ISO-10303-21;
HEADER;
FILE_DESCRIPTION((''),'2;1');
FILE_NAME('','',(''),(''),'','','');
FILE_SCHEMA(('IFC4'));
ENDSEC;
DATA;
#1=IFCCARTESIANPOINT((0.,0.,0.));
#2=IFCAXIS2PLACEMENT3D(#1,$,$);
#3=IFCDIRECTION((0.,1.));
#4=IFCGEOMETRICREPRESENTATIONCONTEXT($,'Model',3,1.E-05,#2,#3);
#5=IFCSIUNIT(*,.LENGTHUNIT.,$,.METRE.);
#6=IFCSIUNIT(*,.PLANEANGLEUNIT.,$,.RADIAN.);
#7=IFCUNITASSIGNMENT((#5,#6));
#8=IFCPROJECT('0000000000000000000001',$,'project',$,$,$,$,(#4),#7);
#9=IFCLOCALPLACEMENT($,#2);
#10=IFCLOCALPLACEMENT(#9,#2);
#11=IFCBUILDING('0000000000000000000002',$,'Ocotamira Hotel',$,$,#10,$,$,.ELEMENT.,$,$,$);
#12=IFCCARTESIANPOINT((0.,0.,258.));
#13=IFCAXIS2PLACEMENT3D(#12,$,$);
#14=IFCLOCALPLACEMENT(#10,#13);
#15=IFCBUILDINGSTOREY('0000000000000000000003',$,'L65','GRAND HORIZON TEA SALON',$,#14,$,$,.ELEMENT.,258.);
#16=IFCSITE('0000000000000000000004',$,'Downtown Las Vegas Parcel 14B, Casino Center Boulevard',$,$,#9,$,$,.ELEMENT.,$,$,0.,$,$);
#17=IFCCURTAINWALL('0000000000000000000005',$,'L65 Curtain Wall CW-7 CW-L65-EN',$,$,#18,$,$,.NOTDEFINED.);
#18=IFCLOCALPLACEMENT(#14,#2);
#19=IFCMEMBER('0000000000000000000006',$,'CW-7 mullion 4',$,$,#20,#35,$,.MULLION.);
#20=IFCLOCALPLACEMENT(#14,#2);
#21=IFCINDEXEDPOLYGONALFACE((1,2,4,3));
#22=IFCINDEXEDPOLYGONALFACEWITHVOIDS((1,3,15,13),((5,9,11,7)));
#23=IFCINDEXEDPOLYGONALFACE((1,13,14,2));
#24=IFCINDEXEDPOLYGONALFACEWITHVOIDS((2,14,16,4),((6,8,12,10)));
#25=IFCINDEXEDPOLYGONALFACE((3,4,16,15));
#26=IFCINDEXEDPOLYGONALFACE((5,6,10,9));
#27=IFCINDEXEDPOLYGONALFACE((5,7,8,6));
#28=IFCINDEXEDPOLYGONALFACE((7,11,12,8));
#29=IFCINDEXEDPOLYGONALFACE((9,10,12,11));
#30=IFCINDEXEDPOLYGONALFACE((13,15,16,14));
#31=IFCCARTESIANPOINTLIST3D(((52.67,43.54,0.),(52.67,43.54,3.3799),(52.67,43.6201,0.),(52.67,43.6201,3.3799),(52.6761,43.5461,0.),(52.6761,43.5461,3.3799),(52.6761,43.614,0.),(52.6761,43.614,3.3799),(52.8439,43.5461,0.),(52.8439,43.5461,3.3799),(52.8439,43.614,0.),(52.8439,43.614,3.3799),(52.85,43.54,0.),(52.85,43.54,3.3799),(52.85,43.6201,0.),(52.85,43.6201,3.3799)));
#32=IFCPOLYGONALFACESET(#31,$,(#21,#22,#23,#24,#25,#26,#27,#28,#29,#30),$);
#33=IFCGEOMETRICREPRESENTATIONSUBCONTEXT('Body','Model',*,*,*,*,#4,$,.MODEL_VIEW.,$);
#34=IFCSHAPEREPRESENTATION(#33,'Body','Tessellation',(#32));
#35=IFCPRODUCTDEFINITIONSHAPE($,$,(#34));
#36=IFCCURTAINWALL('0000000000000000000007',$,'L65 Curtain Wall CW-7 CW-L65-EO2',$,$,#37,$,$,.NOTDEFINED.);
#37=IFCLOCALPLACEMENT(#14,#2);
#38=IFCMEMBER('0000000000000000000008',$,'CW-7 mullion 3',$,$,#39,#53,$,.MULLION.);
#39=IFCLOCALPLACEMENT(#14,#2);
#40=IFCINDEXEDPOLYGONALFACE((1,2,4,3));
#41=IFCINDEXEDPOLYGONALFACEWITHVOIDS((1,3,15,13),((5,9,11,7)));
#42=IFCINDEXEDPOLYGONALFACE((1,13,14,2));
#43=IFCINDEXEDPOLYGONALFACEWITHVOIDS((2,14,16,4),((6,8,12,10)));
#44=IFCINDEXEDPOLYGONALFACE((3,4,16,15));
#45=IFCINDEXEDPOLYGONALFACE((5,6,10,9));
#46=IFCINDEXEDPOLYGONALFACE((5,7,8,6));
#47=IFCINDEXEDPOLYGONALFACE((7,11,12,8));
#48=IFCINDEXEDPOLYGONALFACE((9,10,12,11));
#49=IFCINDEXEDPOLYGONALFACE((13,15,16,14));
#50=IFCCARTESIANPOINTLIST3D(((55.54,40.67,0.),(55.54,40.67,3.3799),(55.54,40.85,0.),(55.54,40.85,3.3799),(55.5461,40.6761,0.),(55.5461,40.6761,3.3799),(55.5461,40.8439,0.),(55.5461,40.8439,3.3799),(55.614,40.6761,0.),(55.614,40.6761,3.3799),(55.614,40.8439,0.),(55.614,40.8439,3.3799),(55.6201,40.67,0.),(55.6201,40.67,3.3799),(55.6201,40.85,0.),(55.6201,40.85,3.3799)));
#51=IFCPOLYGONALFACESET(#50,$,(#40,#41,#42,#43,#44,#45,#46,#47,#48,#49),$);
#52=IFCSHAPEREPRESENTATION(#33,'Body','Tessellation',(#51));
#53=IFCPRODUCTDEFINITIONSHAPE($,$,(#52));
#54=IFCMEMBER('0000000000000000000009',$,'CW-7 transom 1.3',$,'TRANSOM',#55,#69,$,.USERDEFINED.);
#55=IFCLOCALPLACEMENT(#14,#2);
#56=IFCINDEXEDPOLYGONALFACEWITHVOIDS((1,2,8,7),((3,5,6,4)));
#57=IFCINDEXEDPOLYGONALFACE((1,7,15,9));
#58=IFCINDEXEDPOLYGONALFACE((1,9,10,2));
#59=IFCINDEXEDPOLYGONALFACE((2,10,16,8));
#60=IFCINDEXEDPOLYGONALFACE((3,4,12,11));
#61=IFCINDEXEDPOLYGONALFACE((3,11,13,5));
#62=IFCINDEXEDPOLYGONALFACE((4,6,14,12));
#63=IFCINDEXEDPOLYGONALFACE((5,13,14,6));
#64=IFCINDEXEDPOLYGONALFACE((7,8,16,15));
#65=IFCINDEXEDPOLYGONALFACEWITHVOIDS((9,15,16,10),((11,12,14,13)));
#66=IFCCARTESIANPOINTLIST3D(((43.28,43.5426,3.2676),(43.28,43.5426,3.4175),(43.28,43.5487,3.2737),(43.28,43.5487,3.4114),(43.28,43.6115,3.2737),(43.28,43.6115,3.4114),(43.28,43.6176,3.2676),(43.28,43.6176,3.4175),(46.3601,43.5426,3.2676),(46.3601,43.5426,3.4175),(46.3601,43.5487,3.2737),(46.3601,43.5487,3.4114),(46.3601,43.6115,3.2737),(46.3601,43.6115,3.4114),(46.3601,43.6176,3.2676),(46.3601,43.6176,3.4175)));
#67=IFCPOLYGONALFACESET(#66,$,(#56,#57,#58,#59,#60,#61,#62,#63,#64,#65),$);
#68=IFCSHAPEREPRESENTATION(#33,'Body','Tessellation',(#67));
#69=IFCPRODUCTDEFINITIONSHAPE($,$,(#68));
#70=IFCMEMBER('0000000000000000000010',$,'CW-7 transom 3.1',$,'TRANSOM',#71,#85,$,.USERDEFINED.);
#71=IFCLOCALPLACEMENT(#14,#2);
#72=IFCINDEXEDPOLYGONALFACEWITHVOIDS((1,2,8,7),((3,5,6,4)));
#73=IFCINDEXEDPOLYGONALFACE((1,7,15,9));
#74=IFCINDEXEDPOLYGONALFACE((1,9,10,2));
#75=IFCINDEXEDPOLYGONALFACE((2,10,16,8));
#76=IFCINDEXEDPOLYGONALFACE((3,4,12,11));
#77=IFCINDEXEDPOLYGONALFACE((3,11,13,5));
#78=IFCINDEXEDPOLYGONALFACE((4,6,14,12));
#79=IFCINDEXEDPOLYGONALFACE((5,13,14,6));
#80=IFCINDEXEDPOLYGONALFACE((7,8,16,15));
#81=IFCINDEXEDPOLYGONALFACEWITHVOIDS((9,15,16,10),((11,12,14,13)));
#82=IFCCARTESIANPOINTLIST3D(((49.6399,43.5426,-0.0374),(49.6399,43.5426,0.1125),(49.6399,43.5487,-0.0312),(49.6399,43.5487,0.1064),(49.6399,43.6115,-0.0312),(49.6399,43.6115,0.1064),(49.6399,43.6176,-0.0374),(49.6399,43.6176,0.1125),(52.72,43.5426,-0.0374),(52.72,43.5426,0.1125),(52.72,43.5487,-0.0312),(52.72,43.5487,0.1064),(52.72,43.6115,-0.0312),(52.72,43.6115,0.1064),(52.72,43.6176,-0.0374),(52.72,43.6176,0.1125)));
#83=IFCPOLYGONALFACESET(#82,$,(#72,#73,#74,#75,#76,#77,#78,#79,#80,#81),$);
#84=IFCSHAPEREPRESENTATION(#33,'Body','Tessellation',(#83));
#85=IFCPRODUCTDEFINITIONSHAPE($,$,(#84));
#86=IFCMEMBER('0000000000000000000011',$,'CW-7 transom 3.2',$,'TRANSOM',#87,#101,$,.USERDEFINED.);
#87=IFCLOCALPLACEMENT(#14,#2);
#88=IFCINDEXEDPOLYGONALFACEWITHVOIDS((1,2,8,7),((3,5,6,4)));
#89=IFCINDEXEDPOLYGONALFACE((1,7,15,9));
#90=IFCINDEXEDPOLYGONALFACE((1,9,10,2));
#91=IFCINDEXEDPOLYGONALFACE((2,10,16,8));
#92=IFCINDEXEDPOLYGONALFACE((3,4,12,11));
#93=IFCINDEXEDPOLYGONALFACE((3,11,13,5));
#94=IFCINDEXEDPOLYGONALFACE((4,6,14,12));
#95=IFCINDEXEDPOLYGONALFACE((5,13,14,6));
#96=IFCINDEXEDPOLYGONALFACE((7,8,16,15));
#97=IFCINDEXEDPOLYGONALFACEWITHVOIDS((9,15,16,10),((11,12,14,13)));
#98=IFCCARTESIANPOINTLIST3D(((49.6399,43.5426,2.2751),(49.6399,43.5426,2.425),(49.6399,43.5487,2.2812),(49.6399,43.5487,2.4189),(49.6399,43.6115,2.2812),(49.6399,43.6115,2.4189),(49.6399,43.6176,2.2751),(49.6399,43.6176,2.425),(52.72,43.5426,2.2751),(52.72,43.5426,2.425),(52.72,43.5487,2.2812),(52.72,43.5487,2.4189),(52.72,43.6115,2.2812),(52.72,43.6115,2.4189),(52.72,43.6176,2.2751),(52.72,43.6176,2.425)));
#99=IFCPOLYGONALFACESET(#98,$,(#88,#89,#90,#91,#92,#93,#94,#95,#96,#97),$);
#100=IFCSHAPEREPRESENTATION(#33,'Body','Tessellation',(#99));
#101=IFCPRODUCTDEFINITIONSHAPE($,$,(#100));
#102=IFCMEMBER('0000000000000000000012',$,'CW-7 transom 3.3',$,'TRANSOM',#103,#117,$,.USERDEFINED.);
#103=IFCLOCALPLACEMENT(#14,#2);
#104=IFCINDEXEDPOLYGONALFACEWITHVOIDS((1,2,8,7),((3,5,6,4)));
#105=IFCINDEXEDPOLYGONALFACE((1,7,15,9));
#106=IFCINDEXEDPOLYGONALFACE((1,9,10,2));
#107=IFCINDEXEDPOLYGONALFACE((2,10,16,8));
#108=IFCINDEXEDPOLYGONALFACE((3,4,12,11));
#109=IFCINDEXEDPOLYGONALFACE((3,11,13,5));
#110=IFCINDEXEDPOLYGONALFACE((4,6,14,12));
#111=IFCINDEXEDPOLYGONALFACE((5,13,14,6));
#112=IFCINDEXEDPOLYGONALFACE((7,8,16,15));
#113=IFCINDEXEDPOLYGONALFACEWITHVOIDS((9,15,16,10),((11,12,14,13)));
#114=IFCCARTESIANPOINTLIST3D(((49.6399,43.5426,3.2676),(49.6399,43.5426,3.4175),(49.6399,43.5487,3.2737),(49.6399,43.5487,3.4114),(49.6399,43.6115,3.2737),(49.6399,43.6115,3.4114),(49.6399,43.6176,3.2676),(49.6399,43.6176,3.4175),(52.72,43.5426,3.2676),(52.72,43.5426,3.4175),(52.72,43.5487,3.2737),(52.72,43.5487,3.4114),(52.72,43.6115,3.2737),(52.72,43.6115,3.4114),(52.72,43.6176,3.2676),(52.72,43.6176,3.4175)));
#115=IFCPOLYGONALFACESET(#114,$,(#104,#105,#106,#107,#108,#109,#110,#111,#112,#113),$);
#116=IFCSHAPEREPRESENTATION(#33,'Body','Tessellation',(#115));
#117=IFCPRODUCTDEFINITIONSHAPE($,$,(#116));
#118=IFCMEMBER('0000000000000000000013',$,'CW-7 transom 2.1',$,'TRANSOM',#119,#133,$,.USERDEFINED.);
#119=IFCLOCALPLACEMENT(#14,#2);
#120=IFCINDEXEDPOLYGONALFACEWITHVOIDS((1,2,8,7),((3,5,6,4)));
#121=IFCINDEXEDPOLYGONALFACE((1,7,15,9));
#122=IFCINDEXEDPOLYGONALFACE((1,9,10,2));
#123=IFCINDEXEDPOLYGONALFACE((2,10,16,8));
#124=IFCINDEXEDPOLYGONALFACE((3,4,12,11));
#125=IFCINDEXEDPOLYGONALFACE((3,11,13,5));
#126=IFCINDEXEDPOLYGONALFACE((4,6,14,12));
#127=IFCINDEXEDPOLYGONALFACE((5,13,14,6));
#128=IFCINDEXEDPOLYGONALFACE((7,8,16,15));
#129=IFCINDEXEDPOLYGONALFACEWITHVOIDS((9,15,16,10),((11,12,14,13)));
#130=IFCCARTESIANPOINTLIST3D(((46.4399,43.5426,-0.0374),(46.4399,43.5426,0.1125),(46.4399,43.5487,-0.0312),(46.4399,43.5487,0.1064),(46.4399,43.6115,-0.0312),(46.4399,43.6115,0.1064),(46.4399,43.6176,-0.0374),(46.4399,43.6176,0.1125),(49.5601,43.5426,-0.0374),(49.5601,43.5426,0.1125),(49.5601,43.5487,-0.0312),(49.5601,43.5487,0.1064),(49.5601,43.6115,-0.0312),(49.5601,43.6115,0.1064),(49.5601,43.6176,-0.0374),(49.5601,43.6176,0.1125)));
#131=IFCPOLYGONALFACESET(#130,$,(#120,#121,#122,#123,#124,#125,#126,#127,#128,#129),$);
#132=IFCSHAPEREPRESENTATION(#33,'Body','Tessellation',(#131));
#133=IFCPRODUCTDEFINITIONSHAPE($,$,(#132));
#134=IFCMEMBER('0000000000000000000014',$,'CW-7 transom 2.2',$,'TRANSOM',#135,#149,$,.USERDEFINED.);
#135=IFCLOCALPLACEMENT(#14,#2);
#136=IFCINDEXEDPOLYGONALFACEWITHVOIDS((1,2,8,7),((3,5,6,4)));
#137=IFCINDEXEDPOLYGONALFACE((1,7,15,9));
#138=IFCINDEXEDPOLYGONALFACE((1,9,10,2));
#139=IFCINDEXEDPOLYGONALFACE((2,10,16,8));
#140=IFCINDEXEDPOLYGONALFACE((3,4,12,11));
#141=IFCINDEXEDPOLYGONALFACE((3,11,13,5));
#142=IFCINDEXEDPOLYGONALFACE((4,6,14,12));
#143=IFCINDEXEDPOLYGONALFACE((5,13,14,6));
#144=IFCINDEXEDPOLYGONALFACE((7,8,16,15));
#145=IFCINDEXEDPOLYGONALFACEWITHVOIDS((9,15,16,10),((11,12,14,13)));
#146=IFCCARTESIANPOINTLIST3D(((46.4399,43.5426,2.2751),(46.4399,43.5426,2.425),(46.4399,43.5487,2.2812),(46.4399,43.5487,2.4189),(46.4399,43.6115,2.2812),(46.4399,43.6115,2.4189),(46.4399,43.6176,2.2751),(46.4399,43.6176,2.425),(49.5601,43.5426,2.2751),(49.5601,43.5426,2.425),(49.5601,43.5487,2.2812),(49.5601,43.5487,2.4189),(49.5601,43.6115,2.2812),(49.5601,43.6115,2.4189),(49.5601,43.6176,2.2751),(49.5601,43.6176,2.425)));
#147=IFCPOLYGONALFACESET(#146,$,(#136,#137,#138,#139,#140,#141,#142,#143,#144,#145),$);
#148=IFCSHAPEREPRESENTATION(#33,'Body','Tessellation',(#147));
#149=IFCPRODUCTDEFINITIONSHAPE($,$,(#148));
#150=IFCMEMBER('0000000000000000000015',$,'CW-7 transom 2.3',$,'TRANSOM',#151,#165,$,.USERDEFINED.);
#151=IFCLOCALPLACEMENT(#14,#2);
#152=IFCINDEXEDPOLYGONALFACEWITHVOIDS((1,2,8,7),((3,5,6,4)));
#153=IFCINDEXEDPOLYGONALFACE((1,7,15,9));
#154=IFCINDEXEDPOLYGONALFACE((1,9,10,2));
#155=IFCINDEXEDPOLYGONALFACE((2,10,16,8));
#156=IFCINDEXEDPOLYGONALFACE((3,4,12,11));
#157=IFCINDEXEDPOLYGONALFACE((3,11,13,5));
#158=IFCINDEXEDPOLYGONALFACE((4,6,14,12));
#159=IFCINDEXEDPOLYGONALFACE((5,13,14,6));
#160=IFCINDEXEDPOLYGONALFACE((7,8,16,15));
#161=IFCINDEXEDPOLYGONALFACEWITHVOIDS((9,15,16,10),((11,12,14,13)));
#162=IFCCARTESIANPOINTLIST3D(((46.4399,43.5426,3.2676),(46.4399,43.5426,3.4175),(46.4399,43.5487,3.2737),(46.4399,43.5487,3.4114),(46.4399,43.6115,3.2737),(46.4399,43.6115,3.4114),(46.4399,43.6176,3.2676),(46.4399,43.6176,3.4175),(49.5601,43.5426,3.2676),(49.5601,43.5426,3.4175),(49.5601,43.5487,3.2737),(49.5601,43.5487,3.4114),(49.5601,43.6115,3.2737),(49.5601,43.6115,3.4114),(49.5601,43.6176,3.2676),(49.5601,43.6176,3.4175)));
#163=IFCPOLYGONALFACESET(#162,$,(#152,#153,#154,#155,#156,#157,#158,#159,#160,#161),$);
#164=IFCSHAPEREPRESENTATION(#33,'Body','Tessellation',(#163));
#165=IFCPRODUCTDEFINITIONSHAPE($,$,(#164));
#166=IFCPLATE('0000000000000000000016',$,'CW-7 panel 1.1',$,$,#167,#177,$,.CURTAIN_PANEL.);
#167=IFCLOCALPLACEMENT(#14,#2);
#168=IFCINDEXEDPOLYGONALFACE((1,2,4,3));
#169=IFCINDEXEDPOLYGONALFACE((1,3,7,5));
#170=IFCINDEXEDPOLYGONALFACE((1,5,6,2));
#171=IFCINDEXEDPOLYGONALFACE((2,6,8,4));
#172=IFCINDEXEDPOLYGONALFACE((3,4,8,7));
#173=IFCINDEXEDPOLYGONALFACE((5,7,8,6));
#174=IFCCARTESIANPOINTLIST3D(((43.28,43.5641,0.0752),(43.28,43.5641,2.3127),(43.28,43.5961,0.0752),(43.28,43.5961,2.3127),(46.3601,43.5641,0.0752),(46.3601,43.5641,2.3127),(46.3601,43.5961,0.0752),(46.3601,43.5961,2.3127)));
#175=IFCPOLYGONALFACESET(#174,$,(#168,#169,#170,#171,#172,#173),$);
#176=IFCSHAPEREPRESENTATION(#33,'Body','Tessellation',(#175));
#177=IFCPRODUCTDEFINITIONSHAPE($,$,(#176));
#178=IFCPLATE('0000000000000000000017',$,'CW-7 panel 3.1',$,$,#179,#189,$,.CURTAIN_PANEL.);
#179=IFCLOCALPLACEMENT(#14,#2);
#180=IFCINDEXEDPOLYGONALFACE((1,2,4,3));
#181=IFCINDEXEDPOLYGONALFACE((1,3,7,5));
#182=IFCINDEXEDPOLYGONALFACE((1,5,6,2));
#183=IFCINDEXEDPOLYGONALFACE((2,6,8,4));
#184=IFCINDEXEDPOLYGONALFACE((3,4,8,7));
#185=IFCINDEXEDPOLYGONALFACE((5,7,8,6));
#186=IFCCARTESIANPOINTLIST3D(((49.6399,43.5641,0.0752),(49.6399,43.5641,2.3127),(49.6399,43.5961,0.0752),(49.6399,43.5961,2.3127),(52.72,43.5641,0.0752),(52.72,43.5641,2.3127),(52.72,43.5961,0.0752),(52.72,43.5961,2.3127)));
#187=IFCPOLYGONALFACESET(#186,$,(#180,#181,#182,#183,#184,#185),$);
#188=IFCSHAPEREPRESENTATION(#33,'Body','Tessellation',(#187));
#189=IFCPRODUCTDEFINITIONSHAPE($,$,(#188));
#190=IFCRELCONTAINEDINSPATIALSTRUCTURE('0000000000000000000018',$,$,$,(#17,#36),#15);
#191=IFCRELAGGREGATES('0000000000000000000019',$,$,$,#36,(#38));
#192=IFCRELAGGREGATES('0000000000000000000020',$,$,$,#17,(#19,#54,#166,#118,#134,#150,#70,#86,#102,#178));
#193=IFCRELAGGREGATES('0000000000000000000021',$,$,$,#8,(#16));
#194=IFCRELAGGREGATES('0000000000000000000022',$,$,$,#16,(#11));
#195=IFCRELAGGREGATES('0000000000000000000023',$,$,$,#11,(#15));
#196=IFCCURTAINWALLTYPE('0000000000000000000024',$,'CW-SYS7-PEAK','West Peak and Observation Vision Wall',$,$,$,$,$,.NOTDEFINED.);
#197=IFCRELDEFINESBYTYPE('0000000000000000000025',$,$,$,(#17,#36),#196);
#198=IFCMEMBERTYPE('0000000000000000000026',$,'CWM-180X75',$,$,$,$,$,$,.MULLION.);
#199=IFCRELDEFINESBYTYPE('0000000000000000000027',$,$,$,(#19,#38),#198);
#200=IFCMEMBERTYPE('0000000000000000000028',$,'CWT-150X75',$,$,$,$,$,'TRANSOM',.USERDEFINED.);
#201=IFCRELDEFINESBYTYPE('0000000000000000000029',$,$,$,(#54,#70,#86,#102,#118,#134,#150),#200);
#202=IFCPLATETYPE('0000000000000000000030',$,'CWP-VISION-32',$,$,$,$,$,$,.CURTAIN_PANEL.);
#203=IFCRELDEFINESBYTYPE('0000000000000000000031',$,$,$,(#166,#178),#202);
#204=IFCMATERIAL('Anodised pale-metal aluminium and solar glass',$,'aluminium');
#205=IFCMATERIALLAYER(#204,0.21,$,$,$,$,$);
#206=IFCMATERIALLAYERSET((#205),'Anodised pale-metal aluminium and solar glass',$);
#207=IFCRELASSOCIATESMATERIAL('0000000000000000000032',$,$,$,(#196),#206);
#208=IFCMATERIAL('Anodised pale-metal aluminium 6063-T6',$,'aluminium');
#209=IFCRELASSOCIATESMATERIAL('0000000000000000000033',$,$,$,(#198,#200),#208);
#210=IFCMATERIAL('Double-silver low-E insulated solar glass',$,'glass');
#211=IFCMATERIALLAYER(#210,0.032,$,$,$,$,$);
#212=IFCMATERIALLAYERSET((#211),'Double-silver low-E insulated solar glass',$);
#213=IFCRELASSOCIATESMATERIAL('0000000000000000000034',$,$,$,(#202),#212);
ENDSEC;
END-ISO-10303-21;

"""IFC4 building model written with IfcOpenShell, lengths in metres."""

from ifc_helpers import new_model, si_unit, direction, frame, origin, origin_2d, place, context, subcontext, project, spatial, rectangle, hollow_rectangle, extrude, source, transform, mapped, material, layer, layer_set, material_profile, profile_set, type_object, element, aggregate, save


model = new_model("IFC4")

# Units and contexts
model_context = context("Model", 3, precision=1e-05, world=origin(), true_north=direction((0.0, 1.0)))
body_context = subcontext(model_context, "Body", "Model", "MODEL_VIEW")
ifc_project = project(units=[si_unit("LENGTHUNIT", "METRE"), si_unit("PLANEANGLEUNIT", "RADIAN")], contexts=[model_context])

# Site, building, storey
site_placement = place(None, origin())
site = spatial("IfcSite", under=ifc_project, at=site_placement, Name="Downtown Las Vegas Parcel 14B, Casino Center Boulevard", CompositionType="ELEMENT", RefElevation=0.0)
building_placement = place(site_placement, origin())
building = spatial("IfcBuilding", under=site, at=building_placement, Name="Ocotamira Hotel", CompositionType="ELEMENT")
storey_placement = place(building_placement, frame((0.0, 0.0, 258.0)))
storey = spatial("IfcBuildingStorey", under=building, at=storey_placement, Name="L65", Description="GRAND HORIZON TEA SALON", CompositionType="ELEMENT", Elevation=258.0)

# Curtain wall, member
ifc_material_1 = material(Name="Anodised pale-metal aluminium and solar glass", Category="aluminium")
ifc_layer_1 = layer(ifc_material_1, 0.21)
ifc_layer_set_1 = layer_set([ifc_layer_1], Name="Anodised pale-metal aluminium and solar glass")
curtain_wall_type = type_object("IfcCurtainWallType", Name="CW-SYS7-PEAK", Description="West Peak and Observation Vision Wall", PredefinedType="NOTDEFINED", material=ifc_layer_set_1)
curtain_wall_1_placement = place(storey_placement, origin())
curtain_wall_1 = element("IfcCurtainWall", 1, at=curtain_wall_1_placement, inside=storey, type_object=curtain_wall_type, Name="L65 Curtain Wall CW-7 CW-L65-EN", PredefinedType="NOTDEFINED")
ifc_material_2 = material(Name="Anodised pale-metal aluminium 6063-T6", Category="aluminium")
ifc_material_profile_1 = material_profile(ifc_material_2, hollow_rectangle(XDim=0.0801, YDim=0.1799, WallThickness=0.0061, at=origin_2d()), Name="HSS180X80X6")
ifc_profile_set_1 = profile_set([ifc_material_profile_1], Name="Anodised pale-metal aluminium 6063-T6")
member_type_1 = type_object("IfcMemberType", Name="CWM-180X75", PredefinedType="MULLION", material=ifc_profile_set_1)
shared_shape_1 = source(origin(), body_context, "Body", "SweptSolid", [
    extrude(hollow_rectangle(XDim=0.0801, YDim=0.1799, WallThickness=0.0061, at=origin_2d()), origin(), (0.0, 0.0, 1.0), 3.3799),
])
member_1_placement = place(storey_placement, frame((52.76, 43.5801, 0.0), z_axis=(0.0, 0.0, 1.0), x_axis=(0.0, 1.0, 0.0)))
member_1 = element("IfcMember", 2, at=member_1_placement, type_object=member_type_1, Name="CW-7 mullion 4", PredefinedType="MULLION", context=body_context, shape_type="MappedRepresentation", body=[
    mapped(shared_shape_1, transform((0.0, 0.0, 0.0), scale=1.0)),
])

# Curtain wall, member
curtain_wall_2_placement = place(storey_placement, origin())
curtain_wall_2 = element("IfcCurtainWall", 3, at=curtain_wall_2_placement, inside=storey, type_object=curtain_wall_type, Name="L65 Curtain Wall CW-7 CW-L65-EO2", PredefinedType="NOTDEFINED")
member_2_placement = place(storey_placement, frame((55.5801, 40.76, 0.0), z_axis=(0.0, 0.0, 1.0), x_axis=(-1.0, 0.0, 0.0)))
member_2 = element("IfcMember", 4, at=member_2_placement, type_object=member_type_1, Name="CW-7 mullion 3", PredefinedType="MULLION", context=body_context, shape_type="MappedRepresentation", body=[
    mapped(shared_shape_1, transform((0.0, 0.0, 0.0), scale=1.0)),
])
aggregate(curtain_wall_2, [member_2])

# Members
ifc_material_profile_2 = material_profile(ifc_material_2, hollow_rectangle(XDim=0.075, YDim=0.1499, WallThickness=0.0061, at=origin_2d()), Name="HSS150X75X6")
ifc_profile_set_2 = profile_set([ifc_material_profile_2], Name="Anodised pale-metal aluminium 6063-T6")
member_type_2 = type_object("IfcMemberType", Name="CWT-150X75", ElementType="TRANSOM", PredefinedType="USERDEFINED", material=ifc_profile_set_2)
shared_shape_2 = source(origin(), body_context, "Body", "SweptSolid", [
    extrude(hollow_rectangle(XDim=0.075, YDim=0.1499, WallThickness=0.0061, at=origin_2d()), origin(), (0.0, 0.0, 1.0), 3.0801),
])
member_3_placement = place(storey_placement, frame((43.28, 43.5801, 3.3425), z_axis=(1.0, 0.0, 0.0), x_axis=(0.0, 1.0, 0.0)))
member_3 = element("IfcMember", 5, at=member_3_placement, type_object=member_type_2, Name="CW-7 transom 1.3", ObjectType="TRANSOM", PredefinedType="USERDEFINED", context=body_context, shape_type="MappedRepresentation", body=[
    mapped(shared_shape_2, transform((0.0, 0.0, 0.0), scale=1.0)),
])
member_4_placement = place(storey_placement, frame((49.6399, 43.5801, 0.0376), z_axis=(1.0, 0.0, 0.0), x_axis=(0.0, 1.0, 0.0)))
member_4 = element("IfcMember", 6, at=member_4_placement, type_object=member_type_2, Name="CW-7 transom 3.1", ObjectType="TRANSOM", PredefinedType="USERDEFINED", context=body_context, shape_type="MappedRepresentation", body=[
    mapped(shared_shape_2, transform((0.0, 0.0, 0.0), scale=1.0)),
])
member_5_placement = place(storey_placement, frame((49.6399, 43.5801, 2.3501), z_axis=(1.0, 0.0, 0.0), x_axis=(0.0, 1.0, 0.0)))
member_5 = element("IfcMember", 7, at=member_5_placement, type_object=member_type_2, Name="CW-7 transom 3.2", ObjectType="TRANSOM", PredefinedType="USERDEFINED", context=body_context, shape_type="MappedRepresentation", body=[
    mapped(shared_shape_2, transform((0.0, 0.0, 0.0), scale=1.0)),
])
member_6_placement = place(storey_placement, frame((49.6399, 43.5801, 3.3425), z_axis=(1.0, 0.0, 0.0), x_axis=(0.0, 1.0, 0.0)))
member_6 = element("IfcMember", 8, at=member_6_placement, type_object=member_type_2, Name="CW-7 transom 3.3", ObjectType="TRANSOM", PredefinedType="USERDEFINED", context=body_context, shape_type="MappedRepresentation", body=[
    mapped(shared_shape_2, transform((0.0, 0.0, 0.0), scale=1.0)),
])
shared_shape_3 = source(origin(), body_context, "Body", "SweptSolid", [
    extrude(hollow_rectangle(XDim=0.075, YDim=0.1499, WallThickness=0.0061, at=origin_2d()), origin(), (0.0, 0.0, 1.0), 3.1201),
])
member_7_placement = place(storey_placement, frame((46.4399, 43.5801, 0.0376), z_axis=(1.0, 0.0, 0.0), x_axis=(0.0, 1.0, 0.0)))
member_7 = element("IfcMember", 9, at=member_7_placement, type_object=member_type_2, Name="CW-7 transom 2.1", ObjectType="TRANSOM", PredefinedType="USERDEFINED", context=body_context, shape_type="MappedRepresentation", body=[
    mapped(shared_shape_3, transform((0.0, 0.0, 0.0), scale=1.0)),
])
member_8_placement = place(storey_placement, frame((46.4399, 43.5801, 2.3501), z_axis=(1.0, 0.0, 0.0), x_axis=(0.0, 1.0, 0.0)))
member_8 = element("IfcMember", 10, at=member_8_placement, type_object=member_type_2, Name="CW-7 transom 2.2", ObjectType="TRANSOM", PredefinedType="USERDEFINED", context=body_context, shape_type="MappedRepresentation", body=[
    mapped(shared_shape_3, transform((0.0, 0.0, 0.0), scale=1.0)),
])
member_9_placement = place(storey_placement, frame((46.4399, 43.5801, 3.3425), z_axis=(1.0, 0.0, 0.0), x_axis=(0.0, 1.0, 0.0)))
member_9 = element("IfcMember", 11, at=member_9_placement, type_object=member_type_2, Name="CW-7 transom 2.3", ObjectType="TRANSOM", PredefinedType="USERDEFINED", context=body_context, shape_type="MappedRepresentation", body=[
    mapped(shared_shape_3, transform((0.0, 0.0, 0.0), scale=1.0)),
])

# Plates
ifc_material_3 = material(Name="Double-silver low-E insulated solar glass", Category="glass")
ifc_layer_2 = layer(ifc_material_3, 0.032)
ifc_layer_set_2 = layer_set([ifc_layer_2], Name="Double-silver low-E insulated solar glass")
plate_type = type_object("IfcPlateType", Name="CWP-VISION-32", PredefinedType="CURTAIN_PANEL", material=ifc_layer_set_2)
shared_shape_4 = source(origin(), body_context, "Body", "SweptSolid", [
    extrude(rectangle(XDim=3.0801, YDim=0.032, at=origin_2d()), origin(), (0.0, 0.0, 1.0), 2.2375),
])
plate_1_placement = place(storey_placement, frame((44.8201, 43.5801, 0.0752), z_axis=(0.0, 0.0, 1.0), x_axis=(1.0, 0.0, 0.0)))
plate_1 = element("IfcPlate", 12, at=plate_1_placement, type_object=plate_type, Name="CW-7 panel 1.1", PredefinedType="CURTAIN_PANEL", context=body_context, shape_type="MappedRepresentation", body=[
    mapped(shared_shape_4, transform((0.0, 0.0, 0.0), scale=1.0)),
])
plate_2_placement = place(storey_placement, frame((51.1799, 43.5801, 0.0752), z_axis=(0.0, 0.0, 1.0), x_axis=(1.0, 0.0, 0.0)))
plate_2 = element("IfcPlate", 13, at=plate_2_placement, type_object=plate_type, Name="CW-7 panel 3.1", PredefinedType="CURTAIN_PANEL", context=body_context, shape_type="MappedRepresentation", body=[
    mapped(shared_shape_4, transform((0.0, 0.0, 0.0), scale=1.0)),
])
aggregate(curtain_wall_1, [member_1, member_3, plate_1, member_7, member_8, member_9, member_4, member_5, member_6, plate_2])

save(model, "model.ifc")
